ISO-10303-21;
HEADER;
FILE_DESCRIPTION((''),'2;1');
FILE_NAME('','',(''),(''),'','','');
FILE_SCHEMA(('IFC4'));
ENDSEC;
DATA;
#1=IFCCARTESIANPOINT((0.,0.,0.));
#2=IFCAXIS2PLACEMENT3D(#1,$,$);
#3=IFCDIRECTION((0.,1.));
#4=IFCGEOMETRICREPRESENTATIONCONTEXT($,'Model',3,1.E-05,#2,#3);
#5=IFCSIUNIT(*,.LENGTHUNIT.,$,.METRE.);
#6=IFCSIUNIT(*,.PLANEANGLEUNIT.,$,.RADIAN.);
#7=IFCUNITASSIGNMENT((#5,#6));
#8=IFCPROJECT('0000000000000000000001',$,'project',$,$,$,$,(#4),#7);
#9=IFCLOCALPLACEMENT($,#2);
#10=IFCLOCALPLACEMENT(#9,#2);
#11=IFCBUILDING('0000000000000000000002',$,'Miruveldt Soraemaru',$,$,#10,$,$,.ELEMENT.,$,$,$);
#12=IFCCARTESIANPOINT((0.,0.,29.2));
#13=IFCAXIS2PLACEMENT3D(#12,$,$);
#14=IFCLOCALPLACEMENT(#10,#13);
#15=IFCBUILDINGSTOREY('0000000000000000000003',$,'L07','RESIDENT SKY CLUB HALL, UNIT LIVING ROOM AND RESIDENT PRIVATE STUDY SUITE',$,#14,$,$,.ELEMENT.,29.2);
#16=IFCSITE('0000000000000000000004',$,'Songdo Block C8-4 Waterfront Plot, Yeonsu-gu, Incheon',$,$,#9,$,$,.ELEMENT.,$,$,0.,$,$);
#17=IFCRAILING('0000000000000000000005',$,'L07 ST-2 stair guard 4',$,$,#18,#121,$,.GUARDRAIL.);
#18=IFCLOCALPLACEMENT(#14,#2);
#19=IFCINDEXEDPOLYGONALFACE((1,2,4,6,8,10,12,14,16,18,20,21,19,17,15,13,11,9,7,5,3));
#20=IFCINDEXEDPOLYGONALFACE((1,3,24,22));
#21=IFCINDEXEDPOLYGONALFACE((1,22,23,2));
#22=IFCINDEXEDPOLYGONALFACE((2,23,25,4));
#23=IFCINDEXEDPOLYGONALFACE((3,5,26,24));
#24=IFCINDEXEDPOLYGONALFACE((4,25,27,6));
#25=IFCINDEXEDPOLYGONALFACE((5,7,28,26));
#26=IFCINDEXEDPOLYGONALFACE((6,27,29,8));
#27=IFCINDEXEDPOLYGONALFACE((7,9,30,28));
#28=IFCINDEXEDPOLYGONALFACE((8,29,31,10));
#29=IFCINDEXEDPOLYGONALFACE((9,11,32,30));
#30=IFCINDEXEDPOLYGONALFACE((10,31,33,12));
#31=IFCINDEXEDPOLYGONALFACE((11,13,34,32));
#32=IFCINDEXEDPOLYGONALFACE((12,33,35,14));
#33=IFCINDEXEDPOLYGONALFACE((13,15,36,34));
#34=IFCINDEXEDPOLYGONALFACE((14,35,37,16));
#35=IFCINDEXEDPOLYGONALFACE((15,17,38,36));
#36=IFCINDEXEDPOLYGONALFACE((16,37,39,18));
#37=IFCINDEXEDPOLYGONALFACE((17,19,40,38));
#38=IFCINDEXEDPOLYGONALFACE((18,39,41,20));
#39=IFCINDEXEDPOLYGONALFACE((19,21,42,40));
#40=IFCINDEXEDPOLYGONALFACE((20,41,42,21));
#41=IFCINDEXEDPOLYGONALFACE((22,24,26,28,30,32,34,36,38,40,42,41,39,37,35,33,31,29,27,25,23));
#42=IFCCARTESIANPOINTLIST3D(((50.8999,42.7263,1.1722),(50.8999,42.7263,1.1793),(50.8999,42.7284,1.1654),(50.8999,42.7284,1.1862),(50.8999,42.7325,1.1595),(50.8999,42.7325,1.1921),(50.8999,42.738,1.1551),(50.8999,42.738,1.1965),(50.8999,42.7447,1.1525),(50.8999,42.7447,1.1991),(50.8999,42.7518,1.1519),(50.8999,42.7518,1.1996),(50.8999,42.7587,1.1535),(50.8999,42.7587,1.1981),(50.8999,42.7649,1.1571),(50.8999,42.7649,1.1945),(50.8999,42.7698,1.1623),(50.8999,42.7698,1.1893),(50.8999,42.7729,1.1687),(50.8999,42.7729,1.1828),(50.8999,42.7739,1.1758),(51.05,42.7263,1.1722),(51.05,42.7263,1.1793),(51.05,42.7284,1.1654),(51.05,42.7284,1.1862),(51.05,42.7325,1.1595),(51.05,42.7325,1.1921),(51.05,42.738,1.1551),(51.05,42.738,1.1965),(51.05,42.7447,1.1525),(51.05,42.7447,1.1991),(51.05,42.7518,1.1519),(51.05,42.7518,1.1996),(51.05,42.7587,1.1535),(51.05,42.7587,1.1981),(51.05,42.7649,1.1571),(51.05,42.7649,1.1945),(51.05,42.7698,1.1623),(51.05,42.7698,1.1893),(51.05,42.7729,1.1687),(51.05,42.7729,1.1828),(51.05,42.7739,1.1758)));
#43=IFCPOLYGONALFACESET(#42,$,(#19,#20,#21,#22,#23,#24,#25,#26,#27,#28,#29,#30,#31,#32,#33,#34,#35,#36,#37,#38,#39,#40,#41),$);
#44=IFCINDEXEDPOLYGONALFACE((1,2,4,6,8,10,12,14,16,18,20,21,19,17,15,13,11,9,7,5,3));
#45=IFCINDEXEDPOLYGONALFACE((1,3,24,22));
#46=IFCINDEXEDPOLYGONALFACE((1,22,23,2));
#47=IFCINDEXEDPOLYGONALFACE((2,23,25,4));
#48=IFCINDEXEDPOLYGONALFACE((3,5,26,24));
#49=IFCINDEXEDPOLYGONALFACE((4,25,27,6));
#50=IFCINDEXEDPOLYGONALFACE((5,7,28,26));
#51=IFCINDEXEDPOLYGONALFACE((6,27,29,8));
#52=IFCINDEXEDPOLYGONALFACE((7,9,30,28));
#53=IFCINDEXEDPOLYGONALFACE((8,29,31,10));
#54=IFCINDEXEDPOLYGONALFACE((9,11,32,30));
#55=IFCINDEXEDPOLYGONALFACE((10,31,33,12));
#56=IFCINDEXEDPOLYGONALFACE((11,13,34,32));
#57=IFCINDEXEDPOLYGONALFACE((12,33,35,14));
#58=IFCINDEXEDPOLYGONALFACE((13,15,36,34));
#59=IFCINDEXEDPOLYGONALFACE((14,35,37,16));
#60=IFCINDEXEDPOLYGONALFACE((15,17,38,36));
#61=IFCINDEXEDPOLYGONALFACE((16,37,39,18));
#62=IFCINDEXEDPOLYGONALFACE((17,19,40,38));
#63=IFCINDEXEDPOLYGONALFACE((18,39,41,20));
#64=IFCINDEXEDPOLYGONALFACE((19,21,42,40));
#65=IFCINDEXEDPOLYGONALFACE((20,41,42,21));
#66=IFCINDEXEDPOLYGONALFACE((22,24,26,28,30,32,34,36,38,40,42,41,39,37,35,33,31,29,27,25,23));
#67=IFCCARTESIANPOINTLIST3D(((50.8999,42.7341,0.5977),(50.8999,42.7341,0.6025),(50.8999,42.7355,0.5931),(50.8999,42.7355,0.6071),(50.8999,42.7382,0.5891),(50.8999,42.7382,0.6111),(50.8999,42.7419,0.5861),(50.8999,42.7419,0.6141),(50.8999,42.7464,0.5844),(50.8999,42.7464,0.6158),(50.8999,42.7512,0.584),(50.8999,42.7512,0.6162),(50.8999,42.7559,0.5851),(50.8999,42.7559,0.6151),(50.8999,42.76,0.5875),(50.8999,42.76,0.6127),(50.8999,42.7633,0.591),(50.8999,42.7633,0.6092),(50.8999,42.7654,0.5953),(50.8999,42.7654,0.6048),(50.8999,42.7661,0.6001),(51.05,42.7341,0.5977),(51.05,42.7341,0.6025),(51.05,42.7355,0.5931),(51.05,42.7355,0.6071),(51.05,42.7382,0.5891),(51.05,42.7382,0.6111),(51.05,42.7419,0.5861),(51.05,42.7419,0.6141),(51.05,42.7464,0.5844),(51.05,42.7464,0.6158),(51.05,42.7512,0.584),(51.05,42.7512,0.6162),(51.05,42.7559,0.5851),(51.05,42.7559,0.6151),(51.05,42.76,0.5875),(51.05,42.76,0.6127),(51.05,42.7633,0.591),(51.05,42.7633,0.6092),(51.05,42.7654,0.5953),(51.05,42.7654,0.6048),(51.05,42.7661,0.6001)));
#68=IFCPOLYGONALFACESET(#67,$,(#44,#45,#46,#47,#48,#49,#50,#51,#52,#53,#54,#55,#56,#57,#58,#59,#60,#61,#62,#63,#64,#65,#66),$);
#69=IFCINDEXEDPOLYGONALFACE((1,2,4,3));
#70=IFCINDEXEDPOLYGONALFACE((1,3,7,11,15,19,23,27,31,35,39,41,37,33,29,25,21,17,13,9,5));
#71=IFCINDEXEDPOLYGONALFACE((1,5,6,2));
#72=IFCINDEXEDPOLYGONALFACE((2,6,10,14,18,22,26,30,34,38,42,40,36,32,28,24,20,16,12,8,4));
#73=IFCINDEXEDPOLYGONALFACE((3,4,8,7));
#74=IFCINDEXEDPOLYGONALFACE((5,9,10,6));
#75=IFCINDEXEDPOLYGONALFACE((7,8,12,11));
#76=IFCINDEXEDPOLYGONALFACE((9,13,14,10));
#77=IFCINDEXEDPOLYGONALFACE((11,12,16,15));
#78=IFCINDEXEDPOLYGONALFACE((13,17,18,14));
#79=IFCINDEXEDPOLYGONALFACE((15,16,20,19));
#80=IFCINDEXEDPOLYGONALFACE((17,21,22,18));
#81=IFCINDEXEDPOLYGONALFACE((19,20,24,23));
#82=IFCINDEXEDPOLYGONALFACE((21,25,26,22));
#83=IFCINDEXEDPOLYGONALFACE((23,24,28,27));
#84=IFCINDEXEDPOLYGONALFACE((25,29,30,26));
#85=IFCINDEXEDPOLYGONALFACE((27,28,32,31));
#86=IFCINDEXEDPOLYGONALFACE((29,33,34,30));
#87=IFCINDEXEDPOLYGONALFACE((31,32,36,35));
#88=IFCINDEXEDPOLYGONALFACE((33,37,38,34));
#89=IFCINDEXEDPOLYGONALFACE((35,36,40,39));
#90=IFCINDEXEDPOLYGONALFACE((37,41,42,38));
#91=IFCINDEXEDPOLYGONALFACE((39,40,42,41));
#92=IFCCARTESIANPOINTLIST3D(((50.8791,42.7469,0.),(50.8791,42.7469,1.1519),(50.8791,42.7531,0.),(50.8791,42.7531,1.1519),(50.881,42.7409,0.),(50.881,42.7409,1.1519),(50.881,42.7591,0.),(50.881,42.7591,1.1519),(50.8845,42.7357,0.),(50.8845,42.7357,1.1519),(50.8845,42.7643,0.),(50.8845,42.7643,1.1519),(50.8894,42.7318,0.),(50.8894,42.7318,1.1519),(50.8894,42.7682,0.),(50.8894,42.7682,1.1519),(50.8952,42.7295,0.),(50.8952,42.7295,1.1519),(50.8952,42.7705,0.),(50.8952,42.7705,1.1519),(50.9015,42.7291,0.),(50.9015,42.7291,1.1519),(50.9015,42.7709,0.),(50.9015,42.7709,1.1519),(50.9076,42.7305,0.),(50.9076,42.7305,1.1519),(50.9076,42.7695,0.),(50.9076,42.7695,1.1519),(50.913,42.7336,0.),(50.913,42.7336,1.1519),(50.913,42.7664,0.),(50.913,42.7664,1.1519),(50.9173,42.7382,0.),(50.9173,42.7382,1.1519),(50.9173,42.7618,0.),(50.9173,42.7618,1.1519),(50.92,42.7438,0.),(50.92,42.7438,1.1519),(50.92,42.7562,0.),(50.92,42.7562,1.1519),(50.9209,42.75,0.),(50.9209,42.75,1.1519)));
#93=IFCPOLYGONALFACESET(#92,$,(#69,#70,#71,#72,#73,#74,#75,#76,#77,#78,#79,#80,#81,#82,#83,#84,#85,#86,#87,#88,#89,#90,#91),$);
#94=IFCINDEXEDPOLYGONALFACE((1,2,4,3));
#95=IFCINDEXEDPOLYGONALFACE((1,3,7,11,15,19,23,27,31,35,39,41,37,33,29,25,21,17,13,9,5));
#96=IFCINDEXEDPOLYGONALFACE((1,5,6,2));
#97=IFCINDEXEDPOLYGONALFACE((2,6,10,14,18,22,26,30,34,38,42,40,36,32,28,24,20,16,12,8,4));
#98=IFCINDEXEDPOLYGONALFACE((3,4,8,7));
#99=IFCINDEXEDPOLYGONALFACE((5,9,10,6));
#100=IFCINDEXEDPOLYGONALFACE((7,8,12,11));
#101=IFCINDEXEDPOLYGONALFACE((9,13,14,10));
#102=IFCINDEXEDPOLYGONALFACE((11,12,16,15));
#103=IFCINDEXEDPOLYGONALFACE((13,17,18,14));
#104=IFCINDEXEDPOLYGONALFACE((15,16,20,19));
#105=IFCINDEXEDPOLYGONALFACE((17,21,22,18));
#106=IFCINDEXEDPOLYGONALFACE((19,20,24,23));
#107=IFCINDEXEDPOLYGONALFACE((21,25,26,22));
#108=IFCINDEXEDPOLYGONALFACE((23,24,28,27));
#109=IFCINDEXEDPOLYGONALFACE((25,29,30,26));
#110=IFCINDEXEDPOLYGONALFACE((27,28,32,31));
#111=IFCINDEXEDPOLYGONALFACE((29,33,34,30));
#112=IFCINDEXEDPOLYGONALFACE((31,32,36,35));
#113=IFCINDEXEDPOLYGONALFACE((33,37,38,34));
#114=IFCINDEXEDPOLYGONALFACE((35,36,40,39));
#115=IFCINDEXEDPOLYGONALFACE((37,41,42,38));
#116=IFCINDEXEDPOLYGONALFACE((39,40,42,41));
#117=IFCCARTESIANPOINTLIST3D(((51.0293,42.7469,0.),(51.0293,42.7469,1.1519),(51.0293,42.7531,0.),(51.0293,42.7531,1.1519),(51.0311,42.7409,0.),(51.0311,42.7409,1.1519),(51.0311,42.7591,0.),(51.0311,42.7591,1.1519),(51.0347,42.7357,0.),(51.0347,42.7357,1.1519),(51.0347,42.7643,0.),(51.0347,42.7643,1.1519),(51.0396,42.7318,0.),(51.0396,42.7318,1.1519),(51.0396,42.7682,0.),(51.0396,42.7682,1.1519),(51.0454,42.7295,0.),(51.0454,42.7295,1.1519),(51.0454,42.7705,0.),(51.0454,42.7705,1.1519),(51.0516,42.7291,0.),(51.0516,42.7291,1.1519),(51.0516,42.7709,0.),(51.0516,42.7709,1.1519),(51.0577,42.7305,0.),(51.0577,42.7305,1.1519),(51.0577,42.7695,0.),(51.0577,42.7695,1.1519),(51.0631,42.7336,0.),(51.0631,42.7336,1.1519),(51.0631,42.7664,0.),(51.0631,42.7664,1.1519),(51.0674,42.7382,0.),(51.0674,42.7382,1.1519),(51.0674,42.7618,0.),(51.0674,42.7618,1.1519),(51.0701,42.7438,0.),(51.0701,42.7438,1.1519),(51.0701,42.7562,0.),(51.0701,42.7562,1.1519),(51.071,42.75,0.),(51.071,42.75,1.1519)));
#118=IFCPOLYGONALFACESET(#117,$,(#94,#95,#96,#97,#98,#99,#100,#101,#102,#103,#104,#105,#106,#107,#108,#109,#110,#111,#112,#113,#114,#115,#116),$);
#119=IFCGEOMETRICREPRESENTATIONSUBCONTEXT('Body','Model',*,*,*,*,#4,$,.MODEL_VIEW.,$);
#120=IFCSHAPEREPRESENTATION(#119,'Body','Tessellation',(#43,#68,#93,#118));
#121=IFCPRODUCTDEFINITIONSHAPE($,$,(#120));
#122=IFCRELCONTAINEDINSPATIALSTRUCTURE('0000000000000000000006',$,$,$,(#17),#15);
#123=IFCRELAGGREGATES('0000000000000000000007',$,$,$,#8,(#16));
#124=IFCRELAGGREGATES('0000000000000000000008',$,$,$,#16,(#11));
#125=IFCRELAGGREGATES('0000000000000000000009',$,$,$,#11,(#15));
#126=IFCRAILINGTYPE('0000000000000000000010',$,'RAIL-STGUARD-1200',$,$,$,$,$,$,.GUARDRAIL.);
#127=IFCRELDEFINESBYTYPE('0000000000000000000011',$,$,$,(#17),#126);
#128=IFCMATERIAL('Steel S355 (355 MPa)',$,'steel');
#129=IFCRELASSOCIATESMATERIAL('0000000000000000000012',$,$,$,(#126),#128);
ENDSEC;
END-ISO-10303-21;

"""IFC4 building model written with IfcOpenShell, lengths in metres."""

from ifc_helpers import new_model, si_unit, direction, frame, origin, origin_2d, place, context, subcontext, project, spatial, circle, extrude, material, type_object, element, save


model = new_model("IFC4")

# Units and contexts
model_context = context("Model", 3, precision=1e-05, world=origin(), true_north=direction((0.0, 1.0)))
body_context = subcontext(model_context, "Body", "Model", "MODEL_VIEW")
ifc_project = project(units=[si_unit("LENGTHUNIT", "METRE"), si_unit("PLANEANGLEUNIT", "RADIAN")], contexts=[model_context])

# Site, building, storey
site_placement = place(None, origin())
site = spatial("IfcSite", under=ifc_project, at=site_placement, Name="Songdo Block C8-4 Waterfront Plot, Yeonsu-gu, Incheon", CompositionType="ELEMENT", RefElevation=0.0)
building_placement = place(site_placement, origin())
building = spatial("IfcBuilding", under=site, at=building_placement, Name="Miruveldt Soraemaru", CompositionType="ELEMENT")
storey_placement = place(building_placement, frame((0.0, 0.0, 29.2)))
storey = spatial("IfcBuildingStorey", under=building, at=storey_placement, Name="L07", Description="RESIDENT SKY CLUB HALL, UNIT LIVING ROOM AND RESIDENT PRIVATE STUDY SUITE", CompositionType="ELEMENT", Elevation=29.2)

# Railing
ifc_material_1 = material(Name="Steel S355 (355 MPa)", Category="steel")
railing_type_1 = type_object("IfcRailingType", Name="RAIL-STGUARD-1200", PredefinedType="GUARDRAIL", material=ifc_material_1)
railing_1_placement = place(storey_placement, frame((50.8999, 42.75, 0.0)))
element("IfcRailing", 1, at=railing_1_placement, inside=storey, type_object=railing_type_1, Name="L07 ST-2 stair guard 4", PredefinedType="GUARDRAIL", context=body_context, shape_type="SweptSolid", body=[
    extrude(circle(Radius=0.0239, at=origin_2d()), frame((0.0, 0.0, 1.1758), z_axis=(1.0, 0.0, 0.0), x_axis=(0.0, 1.0, 0.0)), (0.0, 0.0, 1.0), 0.1501),
    extrude(circle(Radius=0.0161, at=origin_2d()), frame((0.0, 0.0, 0.6001), z_axis=(1.0, 0.0, 0.0), x_axis=(0.0, 1.0, 0.0)), (0.0, 0.0, 1.0), 0.1501),
    extrude(circle(Radius=0.021, at=origin_2d()), origin(), (0.0, 0.0, 1.0), 1.1519),
    extrude(circle(Radius=0.021, at=origin_2d()), frame((0.1501, 0.0, 0.0)), (0.0, 0.0, 1.0), 1.1519),
])

save(model, "model.ifc")
